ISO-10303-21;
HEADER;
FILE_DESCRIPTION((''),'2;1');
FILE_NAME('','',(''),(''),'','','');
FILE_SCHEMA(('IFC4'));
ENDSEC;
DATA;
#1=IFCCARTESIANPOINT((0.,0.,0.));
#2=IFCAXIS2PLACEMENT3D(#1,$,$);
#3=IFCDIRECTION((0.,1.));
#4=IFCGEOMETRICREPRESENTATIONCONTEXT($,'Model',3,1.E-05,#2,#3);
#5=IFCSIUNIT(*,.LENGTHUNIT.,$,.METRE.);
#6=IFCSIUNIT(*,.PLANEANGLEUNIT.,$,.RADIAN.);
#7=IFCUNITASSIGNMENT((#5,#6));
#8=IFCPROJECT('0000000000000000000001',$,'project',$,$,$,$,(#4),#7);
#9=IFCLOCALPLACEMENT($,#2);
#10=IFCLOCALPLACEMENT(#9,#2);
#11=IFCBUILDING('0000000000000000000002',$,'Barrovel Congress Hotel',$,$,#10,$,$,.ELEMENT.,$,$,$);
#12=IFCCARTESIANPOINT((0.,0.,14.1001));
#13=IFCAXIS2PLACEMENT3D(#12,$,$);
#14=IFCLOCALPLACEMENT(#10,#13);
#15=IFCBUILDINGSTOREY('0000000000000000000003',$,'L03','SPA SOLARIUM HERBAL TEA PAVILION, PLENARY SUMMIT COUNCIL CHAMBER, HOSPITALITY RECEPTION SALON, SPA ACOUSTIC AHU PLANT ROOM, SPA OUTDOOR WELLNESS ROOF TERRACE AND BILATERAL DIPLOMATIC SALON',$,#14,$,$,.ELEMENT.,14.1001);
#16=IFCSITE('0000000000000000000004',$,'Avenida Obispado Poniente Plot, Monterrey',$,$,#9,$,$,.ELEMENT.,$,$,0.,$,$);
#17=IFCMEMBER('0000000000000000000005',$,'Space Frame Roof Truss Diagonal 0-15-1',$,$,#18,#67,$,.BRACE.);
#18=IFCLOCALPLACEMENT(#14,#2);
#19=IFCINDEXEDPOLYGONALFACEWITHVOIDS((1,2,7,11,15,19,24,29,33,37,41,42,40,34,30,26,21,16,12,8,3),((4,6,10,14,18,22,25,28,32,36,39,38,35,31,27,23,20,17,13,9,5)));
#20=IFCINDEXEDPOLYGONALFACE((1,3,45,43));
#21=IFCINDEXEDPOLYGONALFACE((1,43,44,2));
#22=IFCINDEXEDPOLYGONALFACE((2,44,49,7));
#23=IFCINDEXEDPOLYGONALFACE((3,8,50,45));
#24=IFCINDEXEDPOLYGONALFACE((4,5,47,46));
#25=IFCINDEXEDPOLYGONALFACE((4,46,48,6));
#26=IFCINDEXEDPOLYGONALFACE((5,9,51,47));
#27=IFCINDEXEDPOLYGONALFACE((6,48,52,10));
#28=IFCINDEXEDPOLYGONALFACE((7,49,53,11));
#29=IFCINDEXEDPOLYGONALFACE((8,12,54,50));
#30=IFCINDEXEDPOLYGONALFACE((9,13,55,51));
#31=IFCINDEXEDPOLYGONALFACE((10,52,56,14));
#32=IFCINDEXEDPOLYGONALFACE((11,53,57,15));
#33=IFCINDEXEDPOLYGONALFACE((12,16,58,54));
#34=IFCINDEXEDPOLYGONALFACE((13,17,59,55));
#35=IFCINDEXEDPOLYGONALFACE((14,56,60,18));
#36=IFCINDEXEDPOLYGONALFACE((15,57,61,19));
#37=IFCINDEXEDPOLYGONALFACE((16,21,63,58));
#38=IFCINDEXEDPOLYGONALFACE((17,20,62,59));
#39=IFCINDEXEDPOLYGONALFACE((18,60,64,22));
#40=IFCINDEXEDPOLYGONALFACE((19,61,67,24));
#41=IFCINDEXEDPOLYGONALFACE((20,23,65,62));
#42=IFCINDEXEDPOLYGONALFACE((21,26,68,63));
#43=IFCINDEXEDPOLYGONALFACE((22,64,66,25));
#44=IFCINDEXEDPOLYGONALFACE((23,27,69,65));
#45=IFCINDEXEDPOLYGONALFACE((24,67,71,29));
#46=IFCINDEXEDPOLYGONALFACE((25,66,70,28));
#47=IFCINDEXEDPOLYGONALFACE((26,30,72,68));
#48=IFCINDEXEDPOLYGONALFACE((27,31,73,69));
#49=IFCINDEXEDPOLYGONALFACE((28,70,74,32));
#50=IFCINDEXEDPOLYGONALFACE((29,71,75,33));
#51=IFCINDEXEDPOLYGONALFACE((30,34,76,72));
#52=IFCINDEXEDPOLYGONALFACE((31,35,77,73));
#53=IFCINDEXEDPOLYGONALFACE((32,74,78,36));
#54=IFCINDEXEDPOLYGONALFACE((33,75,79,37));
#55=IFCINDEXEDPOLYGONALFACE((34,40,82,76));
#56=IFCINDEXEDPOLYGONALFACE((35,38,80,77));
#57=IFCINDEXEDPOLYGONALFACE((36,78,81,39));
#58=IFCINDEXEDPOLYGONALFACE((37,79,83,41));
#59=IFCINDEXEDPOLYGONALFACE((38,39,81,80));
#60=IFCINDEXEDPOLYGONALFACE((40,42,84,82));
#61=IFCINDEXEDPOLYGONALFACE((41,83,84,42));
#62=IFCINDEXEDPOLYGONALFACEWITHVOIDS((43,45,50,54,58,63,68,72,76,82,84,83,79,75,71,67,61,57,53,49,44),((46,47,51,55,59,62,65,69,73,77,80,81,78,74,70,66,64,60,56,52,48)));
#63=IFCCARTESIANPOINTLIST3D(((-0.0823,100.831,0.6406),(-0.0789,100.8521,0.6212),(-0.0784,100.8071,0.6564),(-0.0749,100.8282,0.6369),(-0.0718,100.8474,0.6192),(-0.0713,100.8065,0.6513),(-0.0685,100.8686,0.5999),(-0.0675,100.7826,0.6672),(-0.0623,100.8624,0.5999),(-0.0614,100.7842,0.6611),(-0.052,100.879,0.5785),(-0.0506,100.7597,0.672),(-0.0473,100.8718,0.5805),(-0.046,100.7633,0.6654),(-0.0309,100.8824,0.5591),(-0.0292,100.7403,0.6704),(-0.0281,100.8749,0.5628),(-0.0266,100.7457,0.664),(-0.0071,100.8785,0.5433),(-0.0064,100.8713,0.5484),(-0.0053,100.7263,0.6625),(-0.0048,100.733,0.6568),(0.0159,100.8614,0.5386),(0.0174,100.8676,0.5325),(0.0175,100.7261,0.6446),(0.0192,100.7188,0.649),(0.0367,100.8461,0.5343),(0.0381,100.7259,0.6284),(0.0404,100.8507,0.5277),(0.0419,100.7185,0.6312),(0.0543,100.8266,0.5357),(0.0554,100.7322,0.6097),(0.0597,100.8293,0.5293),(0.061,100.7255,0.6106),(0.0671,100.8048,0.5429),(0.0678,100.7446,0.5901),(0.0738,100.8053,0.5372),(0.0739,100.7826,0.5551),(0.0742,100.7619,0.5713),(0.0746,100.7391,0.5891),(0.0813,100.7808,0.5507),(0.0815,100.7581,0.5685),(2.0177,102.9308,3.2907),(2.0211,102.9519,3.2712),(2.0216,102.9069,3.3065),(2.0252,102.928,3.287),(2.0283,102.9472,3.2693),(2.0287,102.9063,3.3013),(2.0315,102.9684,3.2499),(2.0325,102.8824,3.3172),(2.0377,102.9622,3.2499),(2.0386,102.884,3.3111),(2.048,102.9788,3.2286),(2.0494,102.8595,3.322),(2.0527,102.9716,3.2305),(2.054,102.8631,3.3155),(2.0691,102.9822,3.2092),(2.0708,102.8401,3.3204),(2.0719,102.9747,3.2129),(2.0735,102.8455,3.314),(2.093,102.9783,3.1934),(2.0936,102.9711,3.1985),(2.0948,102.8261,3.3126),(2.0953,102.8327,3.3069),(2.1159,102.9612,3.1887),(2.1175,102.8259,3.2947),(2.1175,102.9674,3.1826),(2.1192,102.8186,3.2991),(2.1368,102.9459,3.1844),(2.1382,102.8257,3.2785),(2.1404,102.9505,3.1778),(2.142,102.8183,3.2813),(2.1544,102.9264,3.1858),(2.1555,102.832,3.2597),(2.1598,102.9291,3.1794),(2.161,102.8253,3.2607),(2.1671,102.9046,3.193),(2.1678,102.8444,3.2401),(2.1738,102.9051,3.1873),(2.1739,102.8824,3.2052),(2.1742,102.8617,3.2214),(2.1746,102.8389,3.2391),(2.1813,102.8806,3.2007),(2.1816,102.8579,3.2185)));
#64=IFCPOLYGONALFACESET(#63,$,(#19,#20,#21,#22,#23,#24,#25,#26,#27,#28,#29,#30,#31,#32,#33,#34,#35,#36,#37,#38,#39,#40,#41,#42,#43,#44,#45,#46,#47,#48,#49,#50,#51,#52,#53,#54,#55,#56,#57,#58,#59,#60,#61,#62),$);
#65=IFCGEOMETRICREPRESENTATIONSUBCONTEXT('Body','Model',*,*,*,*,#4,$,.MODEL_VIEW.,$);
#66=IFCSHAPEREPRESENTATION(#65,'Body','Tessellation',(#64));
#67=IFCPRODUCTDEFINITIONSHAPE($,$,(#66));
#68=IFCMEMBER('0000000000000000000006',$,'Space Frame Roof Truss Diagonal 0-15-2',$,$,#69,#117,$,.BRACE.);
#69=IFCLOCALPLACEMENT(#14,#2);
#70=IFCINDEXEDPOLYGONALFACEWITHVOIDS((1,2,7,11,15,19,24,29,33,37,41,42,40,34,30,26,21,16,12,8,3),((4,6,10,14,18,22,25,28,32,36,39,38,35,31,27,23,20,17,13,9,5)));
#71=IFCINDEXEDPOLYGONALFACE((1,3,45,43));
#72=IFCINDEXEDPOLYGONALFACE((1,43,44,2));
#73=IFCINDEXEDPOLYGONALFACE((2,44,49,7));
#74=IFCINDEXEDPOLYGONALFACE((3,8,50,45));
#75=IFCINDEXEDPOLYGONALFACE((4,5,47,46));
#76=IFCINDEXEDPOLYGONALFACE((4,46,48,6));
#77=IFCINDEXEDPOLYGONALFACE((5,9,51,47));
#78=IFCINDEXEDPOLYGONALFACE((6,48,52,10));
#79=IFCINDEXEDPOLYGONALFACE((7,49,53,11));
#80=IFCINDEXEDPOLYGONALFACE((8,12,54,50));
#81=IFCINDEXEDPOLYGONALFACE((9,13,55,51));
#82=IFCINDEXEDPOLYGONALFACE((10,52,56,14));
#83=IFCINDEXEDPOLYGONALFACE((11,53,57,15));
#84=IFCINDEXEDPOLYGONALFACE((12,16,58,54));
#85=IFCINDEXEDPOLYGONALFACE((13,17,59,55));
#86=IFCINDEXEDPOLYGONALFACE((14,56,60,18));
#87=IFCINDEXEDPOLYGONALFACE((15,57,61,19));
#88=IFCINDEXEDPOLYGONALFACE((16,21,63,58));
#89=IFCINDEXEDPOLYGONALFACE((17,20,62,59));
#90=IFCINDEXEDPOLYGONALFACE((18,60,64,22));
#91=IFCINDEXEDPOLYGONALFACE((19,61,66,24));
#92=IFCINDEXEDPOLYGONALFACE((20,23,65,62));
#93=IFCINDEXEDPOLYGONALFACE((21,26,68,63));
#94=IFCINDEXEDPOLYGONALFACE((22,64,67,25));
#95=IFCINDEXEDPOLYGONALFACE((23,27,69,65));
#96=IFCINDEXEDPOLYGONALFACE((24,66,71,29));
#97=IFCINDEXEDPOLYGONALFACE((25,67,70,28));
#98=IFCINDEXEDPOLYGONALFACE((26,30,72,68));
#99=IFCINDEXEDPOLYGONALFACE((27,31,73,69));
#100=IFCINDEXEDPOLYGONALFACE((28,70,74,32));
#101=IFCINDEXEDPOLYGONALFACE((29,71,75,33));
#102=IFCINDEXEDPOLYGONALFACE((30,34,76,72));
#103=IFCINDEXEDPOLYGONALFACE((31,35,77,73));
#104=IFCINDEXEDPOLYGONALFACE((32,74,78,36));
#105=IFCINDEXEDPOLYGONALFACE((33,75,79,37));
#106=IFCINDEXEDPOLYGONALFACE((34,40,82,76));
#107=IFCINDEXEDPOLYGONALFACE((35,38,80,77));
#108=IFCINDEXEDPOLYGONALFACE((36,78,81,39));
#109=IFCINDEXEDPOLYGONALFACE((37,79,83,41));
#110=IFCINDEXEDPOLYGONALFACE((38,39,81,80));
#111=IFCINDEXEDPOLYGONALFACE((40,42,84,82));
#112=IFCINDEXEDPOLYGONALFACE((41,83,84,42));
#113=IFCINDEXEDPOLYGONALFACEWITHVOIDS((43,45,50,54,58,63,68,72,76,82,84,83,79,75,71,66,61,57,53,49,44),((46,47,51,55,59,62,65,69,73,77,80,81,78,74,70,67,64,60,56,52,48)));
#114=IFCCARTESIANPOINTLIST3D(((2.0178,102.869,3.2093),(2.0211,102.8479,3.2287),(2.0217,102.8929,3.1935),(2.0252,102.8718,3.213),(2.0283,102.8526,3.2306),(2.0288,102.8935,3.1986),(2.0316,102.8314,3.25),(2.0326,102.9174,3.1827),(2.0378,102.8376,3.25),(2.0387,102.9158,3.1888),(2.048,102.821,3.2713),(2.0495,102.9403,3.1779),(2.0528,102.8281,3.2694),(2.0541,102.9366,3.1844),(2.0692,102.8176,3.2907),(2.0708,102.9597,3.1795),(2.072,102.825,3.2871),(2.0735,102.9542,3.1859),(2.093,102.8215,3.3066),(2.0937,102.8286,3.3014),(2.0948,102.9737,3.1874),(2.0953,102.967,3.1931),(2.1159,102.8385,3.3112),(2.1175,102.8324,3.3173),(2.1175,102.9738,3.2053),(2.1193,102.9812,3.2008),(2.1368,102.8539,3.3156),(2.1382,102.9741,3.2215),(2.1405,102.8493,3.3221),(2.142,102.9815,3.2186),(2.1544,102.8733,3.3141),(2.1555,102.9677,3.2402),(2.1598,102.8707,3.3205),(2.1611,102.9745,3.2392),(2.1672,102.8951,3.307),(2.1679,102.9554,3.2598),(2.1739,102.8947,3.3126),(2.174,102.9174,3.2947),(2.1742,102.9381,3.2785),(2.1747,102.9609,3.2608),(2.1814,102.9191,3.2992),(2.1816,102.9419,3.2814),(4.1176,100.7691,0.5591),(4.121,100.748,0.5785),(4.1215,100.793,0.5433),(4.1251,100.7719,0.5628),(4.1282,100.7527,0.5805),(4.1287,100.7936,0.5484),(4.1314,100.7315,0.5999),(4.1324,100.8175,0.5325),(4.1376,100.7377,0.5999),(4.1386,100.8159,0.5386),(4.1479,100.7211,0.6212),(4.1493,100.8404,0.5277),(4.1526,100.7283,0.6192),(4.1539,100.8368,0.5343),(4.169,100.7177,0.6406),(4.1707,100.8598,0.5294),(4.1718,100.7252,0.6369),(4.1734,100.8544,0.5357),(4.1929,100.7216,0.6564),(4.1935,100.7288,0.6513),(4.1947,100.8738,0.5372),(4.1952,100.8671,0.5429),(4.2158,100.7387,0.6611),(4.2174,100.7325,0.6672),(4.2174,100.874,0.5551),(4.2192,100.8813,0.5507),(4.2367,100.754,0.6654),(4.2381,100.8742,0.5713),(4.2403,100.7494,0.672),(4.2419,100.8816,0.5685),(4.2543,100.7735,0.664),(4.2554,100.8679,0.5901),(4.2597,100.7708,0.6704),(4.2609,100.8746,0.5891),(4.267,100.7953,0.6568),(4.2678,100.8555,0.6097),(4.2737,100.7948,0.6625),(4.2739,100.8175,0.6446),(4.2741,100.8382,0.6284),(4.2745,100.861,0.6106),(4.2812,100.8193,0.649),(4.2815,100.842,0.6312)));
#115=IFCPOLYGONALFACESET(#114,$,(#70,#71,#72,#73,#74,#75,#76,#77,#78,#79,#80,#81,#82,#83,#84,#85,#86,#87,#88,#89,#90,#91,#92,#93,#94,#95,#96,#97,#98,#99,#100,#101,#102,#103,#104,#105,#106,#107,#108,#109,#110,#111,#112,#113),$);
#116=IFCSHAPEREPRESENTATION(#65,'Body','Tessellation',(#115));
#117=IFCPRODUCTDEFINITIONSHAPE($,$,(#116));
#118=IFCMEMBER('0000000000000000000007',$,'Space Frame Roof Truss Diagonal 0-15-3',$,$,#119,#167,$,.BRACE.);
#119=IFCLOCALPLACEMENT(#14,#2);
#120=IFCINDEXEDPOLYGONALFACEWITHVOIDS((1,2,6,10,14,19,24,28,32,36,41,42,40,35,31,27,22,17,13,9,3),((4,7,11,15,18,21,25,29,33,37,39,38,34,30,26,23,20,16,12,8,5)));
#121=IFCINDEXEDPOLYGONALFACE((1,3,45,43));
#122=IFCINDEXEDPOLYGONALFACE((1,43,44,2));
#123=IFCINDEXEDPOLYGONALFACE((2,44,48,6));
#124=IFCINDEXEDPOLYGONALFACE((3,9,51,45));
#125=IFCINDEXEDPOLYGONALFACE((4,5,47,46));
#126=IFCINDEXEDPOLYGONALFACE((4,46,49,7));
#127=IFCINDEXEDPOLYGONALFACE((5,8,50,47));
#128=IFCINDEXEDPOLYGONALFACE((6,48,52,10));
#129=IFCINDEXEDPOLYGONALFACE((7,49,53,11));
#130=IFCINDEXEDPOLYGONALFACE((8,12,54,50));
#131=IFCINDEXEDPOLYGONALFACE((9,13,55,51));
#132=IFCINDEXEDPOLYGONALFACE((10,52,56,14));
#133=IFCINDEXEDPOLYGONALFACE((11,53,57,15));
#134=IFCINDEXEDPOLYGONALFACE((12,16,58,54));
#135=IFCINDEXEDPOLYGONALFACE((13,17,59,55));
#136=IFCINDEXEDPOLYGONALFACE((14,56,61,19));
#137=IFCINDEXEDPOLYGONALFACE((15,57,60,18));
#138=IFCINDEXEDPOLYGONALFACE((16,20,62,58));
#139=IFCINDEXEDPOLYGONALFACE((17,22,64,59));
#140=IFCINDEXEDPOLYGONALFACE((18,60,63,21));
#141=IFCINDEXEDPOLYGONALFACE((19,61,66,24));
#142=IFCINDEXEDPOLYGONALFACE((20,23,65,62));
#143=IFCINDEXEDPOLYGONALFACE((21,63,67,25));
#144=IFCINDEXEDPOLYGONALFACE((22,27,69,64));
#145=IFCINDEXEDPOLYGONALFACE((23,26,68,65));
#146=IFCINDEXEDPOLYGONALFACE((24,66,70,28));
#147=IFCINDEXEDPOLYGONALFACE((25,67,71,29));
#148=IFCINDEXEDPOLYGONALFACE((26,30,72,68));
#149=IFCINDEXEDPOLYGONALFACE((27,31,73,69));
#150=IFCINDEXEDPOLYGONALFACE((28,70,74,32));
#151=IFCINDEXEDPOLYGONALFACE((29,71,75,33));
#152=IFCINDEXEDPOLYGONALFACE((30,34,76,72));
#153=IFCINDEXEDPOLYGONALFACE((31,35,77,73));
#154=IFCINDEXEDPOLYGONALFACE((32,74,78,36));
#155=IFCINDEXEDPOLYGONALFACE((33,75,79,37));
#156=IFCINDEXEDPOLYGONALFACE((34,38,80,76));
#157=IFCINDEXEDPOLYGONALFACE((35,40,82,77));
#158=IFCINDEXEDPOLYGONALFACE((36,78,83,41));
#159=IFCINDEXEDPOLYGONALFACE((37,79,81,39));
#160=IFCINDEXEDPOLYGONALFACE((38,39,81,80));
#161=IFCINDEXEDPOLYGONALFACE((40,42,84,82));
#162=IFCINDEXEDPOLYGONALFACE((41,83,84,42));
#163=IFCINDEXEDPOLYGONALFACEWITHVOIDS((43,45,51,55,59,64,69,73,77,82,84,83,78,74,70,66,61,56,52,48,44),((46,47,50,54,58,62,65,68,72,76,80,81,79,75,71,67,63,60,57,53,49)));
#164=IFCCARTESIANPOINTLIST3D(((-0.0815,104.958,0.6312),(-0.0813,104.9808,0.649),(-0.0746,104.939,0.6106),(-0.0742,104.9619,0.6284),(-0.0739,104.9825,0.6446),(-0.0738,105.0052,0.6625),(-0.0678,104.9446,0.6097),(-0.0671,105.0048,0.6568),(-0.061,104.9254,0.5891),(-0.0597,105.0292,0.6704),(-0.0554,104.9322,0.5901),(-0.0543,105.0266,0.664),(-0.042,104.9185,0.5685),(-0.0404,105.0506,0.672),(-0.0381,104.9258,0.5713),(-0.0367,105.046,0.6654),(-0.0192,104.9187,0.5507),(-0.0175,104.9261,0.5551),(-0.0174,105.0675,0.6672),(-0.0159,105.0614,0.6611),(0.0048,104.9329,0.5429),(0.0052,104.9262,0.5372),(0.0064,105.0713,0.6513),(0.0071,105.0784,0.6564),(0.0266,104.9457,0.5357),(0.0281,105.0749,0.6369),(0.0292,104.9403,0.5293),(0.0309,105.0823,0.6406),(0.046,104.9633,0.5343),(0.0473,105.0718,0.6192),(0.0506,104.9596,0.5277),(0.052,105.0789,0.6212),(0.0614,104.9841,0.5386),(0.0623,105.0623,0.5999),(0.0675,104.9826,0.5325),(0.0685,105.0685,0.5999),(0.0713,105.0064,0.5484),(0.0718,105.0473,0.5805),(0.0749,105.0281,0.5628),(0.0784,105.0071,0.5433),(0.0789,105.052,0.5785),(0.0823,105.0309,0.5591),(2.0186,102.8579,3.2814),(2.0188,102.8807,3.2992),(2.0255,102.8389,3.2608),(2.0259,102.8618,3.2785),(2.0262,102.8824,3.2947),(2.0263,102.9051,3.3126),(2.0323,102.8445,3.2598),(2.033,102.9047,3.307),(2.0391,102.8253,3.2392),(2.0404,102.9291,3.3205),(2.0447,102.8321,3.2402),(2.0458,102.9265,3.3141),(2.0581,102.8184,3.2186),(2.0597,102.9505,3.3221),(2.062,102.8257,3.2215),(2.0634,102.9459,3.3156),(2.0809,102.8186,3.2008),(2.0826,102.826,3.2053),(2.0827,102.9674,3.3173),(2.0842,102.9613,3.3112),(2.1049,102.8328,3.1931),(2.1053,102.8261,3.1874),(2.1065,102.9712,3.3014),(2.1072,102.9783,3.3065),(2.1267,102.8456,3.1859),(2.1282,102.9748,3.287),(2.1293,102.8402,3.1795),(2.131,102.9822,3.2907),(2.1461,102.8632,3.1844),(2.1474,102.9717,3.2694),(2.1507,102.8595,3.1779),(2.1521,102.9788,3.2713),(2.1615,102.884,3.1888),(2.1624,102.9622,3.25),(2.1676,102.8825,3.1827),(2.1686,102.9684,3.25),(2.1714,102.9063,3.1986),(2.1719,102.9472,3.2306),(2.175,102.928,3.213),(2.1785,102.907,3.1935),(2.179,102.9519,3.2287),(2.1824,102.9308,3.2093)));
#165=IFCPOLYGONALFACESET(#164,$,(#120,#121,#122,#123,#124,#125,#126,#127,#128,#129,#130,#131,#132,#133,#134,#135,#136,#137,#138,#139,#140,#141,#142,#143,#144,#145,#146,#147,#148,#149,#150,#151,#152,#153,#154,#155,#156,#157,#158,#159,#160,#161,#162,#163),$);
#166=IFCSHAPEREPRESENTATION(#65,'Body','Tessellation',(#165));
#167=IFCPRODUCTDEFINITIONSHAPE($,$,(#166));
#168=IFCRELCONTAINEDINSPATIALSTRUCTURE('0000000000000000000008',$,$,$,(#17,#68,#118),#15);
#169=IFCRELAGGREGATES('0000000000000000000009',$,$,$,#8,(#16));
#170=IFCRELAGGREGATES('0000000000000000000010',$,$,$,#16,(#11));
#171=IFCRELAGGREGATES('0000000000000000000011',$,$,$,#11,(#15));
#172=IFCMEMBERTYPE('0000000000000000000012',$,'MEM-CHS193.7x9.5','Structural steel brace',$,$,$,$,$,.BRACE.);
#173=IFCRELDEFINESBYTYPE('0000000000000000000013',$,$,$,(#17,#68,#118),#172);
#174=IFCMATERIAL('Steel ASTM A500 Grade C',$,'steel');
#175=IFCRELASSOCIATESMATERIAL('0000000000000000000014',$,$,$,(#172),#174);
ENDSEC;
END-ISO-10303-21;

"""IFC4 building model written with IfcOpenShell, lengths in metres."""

from ifc_helpers import new_model, si_unit, direction, frame, origin, origin_2d, place, context, subcontext, project, spatial, hollow_circle, extrude, material, material_profile, profile_set, type_object, element, save


model = new_model("IFC4")

# Units and contexts
model_context = context("Model", 3, precision=1e-05, world=origin(), true_north=direction((0.0, 1.0)))
body_context = subcontext(model_context, "Body", "Model", "MODEL_VIEW")
ifc_project = project(units=[si_unit("LENGTHUNIT", "METRE"), si_unit("PLANEANGLEUNIT", "RADIAN")], contexts=[model_context])

# Site, building, storey
site_placement = place(None, origin())
site = spatial("IfcSite", under=ifc_project, at=site_placement, Name="Avenida Obispado Poniente Plot, Monterrey", CompositionType="ELEMENT", RefElevation=0.0)
building_placement = place(site_placement, origin())
building = spatial("IfcBuilding", under=site, at=building_placement, Name="Barrovel Congress Hotel", CompositionType="ELEMENT")
storey_placement = place(building_placement, frame((0.0, 0.0, 14.1001)))
storey = spatial("IfcBuildingStorey", under=building, at=storey_placement, Name="L03", Description="SPA SOLARIUM HERBAL TEA PAVILION, PLENARY SUMMIT COUNCIL CHAMBER, HOSPITALITY RECEPTION SALON, SPA ACOUSTIC AHU PLANT ROOM, SPA OUTDOOR WELLNESS ROOF TERRACE AND BILATERAL DIPLOMATIC SALON", CompositionType="ELEMENT", Elevation=14.1001)

# Members
ifc_material_1 = material(Name="Steel ASTM A500 Grade C", Category="steel")
ifc_material_profile_1 = material_profile(ifc_material_1, hollow_circle(Radius=0.0969, WallThickness=0.0088, at=origin_2d()), Name="CHS193.7x9.5")
ifc_profile_set_1 = profile_set([ifc_material_profile_1], Name="Steel ASTM A500 Grade C")
member_type_1 = type_object("IfcMemberType", Name="MEM-CHS193.7x9.5", Description="Structural steel brace", PredefinedType="BRACE", material=ifc_profile_set_1)
for number, where, z_axis, x_axis, name in (
    (1, (0.0, 100.8, 0.5999), (0.527618, 0.527557, 0.66581), (-0.707066, 0.707148, 0.0), "Space Frame Roof Truss Diagonal 0-15-1"),
    (2, (4.2, 100.8, 0.5999), (-0.527574, 0.527574, 0.665831), (-0.707107, -0.707107, 0.0), "Space Frame Roof Truss Diagonal 0-15-2"),
):
    element("IfcMember", number, at=place(storey_placement, frame(where, z_axis=z_axis, x_axis=x_axis)), inside=storey, type_object=member_type_1, Name=name, PredefinedType="BRACE", context=body_context, shape_type="SweptSolid", body=[
        extrude(hollow_circle(Radius=0.0969, WallThickness=0.0088, at=origin_2d()), origin(), (0.0, 0.0, 1.0), 3.9802),
    ])
member_1_placement = place(storey_placement, frame((0.0, 105.0, 0.5999), z_axis=(0.527601, -0.527601, 0.665788), x_axis=(0.707107, 0.707107, 0.0)))
element("IfcMember", 3, at=member_1_placement, inside=storey, type_object=member_type_1, Name="Space Frame Roof Truss Diagonal 0-15-3", PredefinedType="BRACE", context=body_context, shape_type="SweptSolid", body=[
    extrude(hollow_circle(Radius=0.0969, WallThickness=0.0088, at=origin_2d()), origin(), (0.0, 0.0, 1.0), 3.9805),
])

save(model, "model.ifc")
